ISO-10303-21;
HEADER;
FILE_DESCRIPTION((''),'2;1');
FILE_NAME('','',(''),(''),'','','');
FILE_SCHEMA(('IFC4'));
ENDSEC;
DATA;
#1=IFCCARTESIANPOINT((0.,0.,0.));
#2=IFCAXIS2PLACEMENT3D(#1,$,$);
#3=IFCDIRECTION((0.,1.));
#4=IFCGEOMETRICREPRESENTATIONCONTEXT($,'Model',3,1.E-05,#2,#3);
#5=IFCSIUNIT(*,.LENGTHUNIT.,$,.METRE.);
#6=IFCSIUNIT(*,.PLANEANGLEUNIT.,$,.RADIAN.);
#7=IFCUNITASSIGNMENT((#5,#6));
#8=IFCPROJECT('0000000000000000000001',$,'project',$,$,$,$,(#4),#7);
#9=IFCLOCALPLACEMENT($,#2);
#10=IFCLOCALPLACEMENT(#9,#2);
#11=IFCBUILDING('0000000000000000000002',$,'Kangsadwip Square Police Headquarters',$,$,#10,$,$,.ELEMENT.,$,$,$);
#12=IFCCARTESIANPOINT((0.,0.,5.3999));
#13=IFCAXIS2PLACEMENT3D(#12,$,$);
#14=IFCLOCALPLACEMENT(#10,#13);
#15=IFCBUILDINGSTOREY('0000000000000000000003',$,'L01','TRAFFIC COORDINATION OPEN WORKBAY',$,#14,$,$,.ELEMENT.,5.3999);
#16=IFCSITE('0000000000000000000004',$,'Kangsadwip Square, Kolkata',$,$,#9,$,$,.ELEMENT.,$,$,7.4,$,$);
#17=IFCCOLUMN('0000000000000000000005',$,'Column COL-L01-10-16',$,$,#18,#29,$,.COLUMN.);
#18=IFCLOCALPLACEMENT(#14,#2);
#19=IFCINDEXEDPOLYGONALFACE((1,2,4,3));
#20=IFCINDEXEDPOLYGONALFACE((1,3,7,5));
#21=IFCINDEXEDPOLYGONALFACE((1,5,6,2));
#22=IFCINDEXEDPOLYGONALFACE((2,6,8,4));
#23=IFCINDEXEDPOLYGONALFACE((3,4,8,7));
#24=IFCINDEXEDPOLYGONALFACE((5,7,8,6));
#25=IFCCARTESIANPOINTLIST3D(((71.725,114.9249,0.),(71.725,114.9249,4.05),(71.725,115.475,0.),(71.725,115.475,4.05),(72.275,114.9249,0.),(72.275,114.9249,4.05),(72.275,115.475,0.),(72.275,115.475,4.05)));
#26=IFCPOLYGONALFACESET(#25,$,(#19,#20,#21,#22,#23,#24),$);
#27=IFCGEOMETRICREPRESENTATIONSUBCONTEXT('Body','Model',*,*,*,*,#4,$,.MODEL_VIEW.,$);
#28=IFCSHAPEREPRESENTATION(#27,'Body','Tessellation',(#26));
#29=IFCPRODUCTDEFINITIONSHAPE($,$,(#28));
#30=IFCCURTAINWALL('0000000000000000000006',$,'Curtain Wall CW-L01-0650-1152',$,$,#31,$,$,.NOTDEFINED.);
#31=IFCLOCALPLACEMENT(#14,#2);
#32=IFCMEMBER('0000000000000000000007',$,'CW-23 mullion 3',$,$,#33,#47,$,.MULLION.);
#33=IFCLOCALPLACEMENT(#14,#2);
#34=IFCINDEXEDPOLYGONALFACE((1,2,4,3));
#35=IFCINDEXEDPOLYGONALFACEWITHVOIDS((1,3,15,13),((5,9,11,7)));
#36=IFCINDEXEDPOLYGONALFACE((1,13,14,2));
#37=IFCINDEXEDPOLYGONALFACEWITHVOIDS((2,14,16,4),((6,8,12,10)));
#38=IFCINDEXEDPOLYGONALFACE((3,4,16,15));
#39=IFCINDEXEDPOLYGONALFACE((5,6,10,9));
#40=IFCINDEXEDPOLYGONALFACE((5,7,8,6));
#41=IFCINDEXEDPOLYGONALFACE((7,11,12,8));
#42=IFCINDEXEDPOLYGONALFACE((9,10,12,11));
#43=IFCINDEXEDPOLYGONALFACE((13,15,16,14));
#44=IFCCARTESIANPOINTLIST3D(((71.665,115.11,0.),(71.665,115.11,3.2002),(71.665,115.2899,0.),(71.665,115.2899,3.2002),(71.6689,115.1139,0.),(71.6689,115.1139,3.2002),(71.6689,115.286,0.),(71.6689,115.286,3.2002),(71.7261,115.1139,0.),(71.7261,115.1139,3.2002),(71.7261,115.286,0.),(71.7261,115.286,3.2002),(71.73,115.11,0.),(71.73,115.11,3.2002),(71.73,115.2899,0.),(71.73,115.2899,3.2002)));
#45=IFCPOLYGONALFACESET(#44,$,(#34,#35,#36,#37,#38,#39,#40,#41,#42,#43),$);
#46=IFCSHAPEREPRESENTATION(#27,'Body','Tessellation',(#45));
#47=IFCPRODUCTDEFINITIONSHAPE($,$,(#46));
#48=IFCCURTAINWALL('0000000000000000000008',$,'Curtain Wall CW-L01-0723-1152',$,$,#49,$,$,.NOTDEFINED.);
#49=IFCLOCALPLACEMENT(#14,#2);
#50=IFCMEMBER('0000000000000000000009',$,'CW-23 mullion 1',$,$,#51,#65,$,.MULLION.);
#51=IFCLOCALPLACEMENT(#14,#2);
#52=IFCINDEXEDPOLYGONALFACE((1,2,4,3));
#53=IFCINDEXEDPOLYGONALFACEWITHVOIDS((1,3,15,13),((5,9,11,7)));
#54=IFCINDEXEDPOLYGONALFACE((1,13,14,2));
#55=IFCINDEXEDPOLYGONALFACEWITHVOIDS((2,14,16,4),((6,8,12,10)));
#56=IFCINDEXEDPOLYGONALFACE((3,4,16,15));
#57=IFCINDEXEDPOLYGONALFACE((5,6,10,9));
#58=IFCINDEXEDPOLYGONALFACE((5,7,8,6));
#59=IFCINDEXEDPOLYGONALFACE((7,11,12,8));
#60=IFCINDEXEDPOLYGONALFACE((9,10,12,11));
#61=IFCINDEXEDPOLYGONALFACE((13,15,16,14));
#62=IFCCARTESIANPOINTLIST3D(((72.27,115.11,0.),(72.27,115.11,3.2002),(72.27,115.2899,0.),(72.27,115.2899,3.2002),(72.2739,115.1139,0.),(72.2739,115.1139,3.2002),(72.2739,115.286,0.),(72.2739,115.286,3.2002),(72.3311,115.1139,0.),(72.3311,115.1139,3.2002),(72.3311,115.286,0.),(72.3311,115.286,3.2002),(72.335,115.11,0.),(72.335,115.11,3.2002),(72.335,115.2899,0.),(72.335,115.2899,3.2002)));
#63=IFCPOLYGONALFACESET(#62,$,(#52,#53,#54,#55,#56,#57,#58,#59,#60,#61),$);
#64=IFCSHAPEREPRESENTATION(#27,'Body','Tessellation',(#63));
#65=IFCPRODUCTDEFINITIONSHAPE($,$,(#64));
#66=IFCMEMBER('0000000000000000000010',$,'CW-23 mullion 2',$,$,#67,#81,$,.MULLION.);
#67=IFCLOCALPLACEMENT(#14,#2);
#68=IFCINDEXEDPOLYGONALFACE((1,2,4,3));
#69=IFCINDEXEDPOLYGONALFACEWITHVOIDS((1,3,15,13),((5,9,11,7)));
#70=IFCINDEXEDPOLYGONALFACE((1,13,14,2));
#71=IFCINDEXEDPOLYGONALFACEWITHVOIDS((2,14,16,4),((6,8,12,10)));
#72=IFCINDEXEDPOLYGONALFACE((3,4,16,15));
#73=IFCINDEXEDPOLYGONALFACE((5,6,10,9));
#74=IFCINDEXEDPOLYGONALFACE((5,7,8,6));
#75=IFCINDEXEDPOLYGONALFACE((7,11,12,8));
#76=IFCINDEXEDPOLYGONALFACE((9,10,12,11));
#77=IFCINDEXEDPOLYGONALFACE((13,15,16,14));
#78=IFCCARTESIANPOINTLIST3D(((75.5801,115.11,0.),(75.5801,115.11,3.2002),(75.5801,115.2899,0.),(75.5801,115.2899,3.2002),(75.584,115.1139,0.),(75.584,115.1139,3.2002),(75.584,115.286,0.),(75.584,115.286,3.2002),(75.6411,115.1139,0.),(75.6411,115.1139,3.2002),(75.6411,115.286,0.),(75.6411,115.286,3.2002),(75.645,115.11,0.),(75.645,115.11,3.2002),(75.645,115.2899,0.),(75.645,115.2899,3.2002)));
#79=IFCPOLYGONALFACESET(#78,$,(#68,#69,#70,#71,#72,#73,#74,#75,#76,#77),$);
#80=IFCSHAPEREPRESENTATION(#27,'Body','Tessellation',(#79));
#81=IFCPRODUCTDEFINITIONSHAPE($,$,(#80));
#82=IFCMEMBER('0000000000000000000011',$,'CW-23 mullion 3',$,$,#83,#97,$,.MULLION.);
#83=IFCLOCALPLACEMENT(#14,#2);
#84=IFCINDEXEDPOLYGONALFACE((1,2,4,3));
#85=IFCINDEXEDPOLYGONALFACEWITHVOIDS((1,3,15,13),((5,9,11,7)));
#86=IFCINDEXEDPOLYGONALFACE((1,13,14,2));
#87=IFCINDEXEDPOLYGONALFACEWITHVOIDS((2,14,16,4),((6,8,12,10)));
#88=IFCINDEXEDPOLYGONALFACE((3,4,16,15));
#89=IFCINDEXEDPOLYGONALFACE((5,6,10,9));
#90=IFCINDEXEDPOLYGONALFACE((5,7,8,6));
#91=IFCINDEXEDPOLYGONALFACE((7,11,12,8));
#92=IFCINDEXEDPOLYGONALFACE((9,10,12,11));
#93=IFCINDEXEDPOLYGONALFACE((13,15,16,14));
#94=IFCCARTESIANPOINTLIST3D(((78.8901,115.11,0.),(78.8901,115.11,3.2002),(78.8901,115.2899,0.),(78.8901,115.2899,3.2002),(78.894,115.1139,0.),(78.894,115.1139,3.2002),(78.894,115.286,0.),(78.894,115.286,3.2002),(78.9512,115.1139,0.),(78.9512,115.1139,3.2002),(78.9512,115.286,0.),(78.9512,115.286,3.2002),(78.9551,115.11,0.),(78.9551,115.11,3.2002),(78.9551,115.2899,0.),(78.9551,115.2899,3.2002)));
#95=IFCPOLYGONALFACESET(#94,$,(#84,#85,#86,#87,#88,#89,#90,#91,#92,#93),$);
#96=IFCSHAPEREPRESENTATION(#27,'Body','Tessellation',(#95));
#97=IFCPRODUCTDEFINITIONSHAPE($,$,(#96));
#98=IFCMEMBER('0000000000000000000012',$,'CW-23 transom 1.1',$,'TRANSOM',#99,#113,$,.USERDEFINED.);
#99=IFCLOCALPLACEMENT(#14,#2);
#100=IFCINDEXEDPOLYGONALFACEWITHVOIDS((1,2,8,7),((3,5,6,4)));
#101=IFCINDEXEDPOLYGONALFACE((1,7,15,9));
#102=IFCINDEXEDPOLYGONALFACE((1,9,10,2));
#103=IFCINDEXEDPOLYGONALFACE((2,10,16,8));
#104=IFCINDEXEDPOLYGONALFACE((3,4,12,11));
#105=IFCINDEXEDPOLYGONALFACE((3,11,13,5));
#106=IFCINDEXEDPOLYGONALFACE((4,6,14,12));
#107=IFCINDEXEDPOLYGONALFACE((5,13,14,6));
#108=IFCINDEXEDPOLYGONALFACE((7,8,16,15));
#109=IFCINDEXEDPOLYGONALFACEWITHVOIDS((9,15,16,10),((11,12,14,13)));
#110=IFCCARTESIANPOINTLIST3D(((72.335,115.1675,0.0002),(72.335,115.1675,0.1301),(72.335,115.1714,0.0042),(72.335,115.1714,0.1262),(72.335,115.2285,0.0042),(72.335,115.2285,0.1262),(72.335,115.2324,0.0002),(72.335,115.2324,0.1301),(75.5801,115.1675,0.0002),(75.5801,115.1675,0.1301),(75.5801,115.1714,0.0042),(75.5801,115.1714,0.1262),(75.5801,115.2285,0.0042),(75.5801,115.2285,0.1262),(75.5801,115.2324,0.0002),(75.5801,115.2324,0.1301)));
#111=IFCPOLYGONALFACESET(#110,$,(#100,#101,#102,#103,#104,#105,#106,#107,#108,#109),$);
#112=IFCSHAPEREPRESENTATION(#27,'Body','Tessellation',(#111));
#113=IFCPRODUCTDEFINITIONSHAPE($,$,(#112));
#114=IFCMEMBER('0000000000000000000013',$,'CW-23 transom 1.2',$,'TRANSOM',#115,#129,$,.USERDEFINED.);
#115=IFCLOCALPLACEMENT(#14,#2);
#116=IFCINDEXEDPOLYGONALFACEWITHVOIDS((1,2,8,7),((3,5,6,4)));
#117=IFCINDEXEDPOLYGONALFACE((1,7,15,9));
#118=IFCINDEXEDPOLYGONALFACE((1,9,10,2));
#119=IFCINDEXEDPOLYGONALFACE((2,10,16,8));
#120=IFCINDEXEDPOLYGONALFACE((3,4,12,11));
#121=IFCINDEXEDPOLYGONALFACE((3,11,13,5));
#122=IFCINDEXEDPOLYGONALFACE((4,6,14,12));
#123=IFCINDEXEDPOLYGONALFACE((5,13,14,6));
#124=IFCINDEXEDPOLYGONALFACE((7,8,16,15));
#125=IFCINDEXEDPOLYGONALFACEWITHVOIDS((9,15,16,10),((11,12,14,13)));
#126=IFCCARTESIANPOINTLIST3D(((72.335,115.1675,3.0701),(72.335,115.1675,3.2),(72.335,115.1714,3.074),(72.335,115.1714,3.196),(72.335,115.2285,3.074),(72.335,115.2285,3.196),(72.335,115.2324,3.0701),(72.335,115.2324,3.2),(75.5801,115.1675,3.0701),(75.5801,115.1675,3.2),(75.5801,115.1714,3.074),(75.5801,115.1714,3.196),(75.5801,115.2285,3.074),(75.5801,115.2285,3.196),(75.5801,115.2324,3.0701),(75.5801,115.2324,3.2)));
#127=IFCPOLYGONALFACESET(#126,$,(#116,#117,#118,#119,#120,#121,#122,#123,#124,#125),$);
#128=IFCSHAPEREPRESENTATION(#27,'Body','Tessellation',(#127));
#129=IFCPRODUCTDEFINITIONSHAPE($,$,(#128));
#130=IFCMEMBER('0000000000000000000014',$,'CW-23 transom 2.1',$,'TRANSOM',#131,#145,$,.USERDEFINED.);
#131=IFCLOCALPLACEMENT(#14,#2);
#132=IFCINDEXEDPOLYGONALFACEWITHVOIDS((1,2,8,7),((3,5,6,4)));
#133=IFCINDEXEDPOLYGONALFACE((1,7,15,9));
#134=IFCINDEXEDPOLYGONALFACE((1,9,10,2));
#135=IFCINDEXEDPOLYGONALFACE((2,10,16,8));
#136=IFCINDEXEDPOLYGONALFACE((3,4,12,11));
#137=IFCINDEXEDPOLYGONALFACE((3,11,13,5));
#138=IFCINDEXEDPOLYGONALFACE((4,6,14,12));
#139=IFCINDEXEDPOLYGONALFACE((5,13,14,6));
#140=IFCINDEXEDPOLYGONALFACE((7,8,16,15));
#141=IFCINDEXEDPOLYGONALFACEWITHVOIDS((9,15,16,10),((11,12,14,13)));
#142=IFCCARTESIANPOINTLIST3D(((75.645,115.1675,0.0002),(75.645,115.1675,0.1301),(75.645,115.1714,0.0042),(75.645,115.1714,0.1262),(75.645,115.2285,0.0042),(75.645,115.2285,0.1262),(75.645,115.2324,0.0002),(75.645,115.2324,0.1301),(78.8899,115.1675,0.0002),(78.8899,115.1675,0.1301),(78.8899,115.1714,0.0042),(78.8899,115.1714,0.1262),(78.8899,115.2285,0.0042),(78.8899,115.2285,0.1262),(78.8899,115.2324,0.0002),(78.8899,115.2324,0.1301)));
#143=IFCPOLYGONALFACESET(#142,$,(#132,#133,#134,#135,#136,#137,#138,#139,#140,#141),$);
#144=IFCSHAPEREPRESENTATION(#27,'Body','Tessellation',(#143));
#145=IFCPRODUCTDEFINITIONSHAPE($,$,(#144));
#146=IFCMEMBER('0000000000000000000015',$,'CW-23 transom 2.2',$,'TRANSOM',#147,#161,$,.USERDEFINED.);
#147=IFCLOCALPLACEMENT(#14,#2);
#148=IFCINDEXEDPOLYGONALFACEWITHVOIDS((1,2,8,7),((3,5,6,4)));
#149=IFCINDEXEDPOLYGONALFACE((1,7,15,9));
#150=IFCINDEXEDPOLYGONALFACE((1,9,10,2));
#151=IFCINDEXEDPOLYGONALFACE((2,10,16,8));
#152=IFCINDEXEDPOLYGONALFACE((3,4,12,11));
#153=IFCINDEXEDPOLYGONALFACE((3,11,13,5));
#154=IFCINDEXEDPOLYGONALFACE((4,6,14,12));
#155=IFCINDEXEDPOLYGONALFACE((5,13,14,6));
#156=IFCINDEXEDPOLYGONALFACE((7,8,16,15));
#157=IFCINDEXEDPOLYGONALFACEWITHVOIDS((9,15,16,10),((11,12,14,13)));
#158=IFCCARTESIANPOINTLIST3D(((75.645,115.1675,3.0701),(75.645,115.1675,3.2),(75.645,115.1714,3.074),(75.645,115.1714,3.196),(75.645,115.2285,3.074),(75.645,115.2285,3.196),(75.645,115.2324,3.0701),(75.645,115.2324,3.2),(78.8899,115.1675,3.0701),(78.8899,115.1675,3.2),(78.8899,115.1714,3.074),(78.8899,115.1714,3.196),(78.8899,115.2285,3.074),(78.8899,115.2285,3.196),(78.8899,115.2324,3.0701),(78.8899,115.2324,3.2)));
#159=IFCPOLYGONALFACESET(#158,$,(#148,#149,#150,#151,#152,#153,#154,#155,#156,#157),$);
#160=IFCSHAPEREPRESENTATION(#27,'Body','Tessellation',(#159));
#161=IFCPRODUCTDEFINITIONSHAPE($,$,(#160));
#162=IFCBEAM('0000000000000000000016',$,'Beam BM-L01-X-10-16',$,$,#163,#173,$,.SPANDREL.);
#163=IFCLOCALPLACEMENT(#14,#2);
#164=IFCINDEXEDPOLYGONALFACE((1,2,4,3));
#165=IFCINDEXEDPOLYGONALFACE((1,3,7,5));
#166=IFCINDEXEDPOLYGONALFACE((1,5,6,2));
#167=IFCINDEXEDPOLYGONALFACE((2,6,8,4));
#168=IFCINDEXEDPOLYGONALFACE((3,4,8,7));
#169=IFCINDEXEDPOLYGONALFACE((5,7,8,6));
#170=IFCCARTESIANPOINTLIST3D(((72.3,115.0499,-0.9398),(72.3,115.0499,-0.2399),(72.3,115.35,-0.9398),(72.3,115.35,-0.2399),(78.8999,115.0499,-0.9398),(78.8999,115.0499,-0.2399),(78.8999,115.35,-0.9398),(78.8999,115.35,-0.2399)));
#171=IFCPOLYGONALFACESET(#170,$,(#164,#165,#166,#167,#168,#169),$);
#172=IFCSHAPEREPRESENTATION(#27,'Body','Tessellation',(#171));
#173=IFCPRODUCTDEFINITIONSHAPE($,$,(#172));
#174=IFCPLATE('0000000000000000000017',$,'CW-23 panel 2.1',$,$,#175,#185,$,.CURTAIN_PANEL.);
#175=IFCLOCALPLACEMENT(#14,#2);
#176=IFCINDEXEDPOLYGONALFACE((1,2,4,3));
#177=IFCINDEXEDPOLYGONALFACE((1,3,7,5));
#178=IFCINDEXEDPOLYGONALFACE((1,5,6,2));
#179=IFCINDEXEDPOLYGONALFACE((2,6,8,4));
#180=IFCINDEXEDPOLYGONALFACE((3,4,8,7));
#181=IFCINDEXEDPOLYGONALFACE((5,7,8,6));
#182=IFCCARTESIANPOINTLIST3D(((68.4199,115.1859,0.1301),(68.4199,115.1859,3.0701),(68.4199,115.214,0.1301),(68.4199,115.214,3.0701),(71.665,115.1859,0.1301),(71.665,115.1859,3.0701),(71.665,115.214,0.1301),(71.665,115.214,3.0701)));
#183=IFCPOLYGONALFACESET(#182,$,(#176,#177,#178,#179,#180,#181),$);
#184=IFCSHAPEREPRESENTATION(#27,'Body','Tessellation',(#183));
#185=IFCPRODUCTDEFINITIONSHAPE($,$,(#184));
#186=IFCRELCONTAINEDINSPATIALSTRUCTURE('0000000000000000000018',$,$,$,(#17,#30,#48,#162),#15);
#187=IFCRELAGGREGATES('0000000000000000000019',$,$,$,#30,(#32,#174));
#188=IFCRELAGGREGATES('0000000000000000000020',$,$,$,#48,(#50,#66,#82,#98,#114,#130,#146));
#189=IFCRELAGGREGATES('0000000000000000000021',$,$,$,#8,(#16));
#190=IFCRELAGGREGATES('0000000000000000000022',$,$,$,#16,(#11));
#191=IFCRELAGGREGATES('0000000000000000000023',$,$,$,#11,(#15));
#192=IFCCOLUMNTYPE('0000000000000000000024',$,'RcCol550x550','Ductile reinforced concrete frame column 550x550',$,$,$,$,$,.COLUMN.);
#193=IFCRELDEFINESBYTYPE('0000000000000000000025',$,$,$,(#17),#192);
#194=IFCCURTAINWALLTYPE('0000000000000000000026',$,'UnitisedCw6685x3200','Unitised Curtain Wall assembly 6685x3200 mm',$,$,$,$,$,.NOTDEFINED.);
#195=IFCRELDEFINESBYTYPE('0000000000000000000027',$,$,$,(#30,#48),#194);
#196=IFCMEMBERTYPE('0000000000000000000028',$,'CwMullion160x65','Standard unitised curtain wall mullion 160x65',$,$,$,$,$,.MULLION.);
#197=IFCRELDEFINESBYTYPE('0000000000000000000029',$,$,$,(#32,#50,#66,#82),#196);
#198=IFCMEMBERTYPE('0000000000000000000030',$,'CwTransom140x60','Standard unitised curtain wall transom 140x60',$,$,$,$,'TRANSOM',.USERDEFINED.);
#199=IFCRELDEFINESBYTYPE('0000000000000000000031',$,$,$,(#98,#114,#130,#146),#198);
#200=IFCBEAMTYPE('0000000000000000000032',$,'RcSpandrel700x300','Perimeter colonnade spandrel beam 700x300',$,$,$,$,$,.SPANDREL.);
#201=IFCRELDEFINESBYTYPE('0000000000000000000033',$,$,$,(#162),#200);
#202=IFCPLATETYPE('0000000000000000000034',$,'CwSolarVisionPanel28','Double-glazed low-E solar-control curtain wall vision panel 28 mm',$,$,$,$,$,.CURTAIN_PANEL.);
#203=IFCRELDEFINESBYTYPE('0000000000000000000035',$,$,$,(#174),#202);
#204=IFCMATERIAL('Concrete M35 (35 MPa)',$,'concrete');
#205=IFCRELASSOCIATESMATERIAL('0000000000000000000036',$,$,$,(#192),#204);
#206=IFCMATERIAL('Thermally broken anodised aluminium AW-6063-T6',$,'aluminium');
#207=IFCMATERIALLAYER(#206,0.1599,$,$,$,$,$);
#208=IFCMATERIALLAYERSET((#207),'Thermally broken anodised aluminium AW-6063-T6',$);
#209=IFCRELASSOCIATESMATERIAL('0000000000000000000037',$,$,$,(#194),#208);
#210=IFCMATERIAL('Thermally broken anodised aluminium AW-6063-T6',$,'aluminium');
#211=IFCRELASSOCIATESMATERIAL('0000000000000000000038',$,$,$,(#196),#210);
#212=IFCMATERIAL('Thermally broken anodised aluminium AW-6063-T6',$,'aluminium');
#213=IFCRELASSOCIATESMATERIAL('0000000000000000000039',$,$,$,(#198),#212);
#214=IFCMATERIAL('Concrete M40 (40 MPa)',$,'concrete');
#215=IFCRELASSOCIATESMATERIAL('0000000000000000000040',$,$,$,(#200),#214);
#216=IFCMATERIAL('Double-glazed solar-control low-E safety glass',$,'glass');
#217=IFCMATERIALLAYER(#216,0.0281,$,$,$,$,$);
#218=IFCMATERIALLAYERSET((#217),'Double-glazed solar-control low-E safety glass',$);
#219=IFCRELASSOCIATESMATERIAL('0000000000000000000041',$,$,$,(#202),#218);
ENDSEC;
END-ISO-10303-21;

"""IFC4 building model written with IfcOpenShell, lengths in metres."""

from ifc_helpers import new_model, si_unit, direction, frame, origin, origin_2d, place, context, subcontext, project, spatial, rectangle, hollow_rectangle, extrude, material, layer, layer_set, material_profile, profile_set, type_object, element, aggregate, save


model = new_model("IFC4")

# Units and contexts
model_context = context("Model", 3, precision=1e-05, world=origin(), true_north=direction((0.0, 1.0)))
body_context = subcontext(model_context, "Body", "Model", "MODEL_VIEW")
ifc_project = project(units=[si_unit("LENGTHUNIT", "METRE"), si_unit("PLANEANGLEUNIT", "RADIAN")], contexts=[model_context])

# Site, building, storey
site_placement = place(None, origin())
site = spatial("IfcSite", under=ifc_project, at=site_placement, Name="Kangsadwip Square, Kolkata", CompositionType="ELEMENT", RefElevation=7.4)
building_placement = place(site_placement, origin())
building = spatial("IfcBuilding", under=site, at=building_placement, Name="Kangsadwip Square Police Headquarters", CompositionType="ELEMENT")
storey_placement = place(building_placement, frame((0.0, 0.0, 5.3999)))
storey = spatial("IfcBuildingStorey", under=building, at=storey_placement, Name="L01", Description="TRAFFIC COORDINATION OPEN WORKBAY", CompositionType="ELEMENT", Elevation=5.3999)

# Column
ifc_material_1 = material(Name="Concrete M35 (35 MPa)", Category="concrete")
ifc_material_profile_1 = material_profile(ifc_material_1, rectangle(XDim=0.55, YDim=0.55, at=origin_2d()), Name="RC COL 550X550")
ifc_profile_set_1 = profile_set([ifc_material_profile_1], Name="Concrete M35 (35 MPa)")
column_type = type_object("IfcColumnType", Name="RcCol550x550", Description="Ductile reinforced concrete frame column 550x550", PredefinedType="COLUMN", material=ifc_profile_set_1)
column_placement = place(storey_placement, frame((72.0, 115.2, 0.0), z_axis=(0.0, 0.0, 1.0), x_axis=(1.0, 0.0, 0.0)))
element("IfcColumn", 1, at=column_placement, inside=storey, type_object=column_type, Name="Column COL-L01-10-16", PredefinedType="COLUMN", context=body_context, shape_type="SweptSolid", body=[
    extrude(rectangle(XDim=0.55, YDim=0.55, at=origin_2d()), origin(), (0.0, 0.0, 1.0), 4.05),
])

# Curtain wall, member
ifc_material_2 = material(Name="Thermally broken anodised aluminium AW-6063-T6", Category="aluminium")
ifc_layer_1 = layer(ifc_material_2, 0.1599)
ifc_layer_set_1 = layer_set([ifc_layer_1], Name="Thermally broken anodised aluminium AW-6063-T6")
curtain_wall_type = type_object("IfcCurtainWallType", Name="UnitisedCw6685x3200", Description="Unitised Curtain Wall assembly 6685x3200 mm", PredefinedType="NOTDEFINED", material=ifc_layer_set_1)
curtain_wall_1_placement = place(storey_placement, origin())
curtain_wall_1 = element("IfcCurtainWall", 2, at=curtain_wall_1_placement, inside=storey, type_object=curtain_wall_type, Name="Curtain Wall CW-L01-0650-1152", PredefinedType="NOTDEFINED")
ifc_material_3 = material(Name="Thermally broken anodised aluminium AW-6063-T6", Category="aluminium")
ifc_material_profile_2 = material_profile(ifc_material_3, hollow_rectangle(XDim=0.0649, YDim=0.1799, WallThickness=0.0039, at=origin_2d()), Name="CWM 180X65X4")
ifc_profile_set_2 = profile_set([ifc_material_profile_2], Name="Thermally broken anodised aluminium AW-6063-T6")
member_type_1 = type_object("IfcMemberType", Name="CwMullion160x65", Description="Standard unitised curtain wall mullion 160x65", PredefinedType="MULLION", material=ifc_profile_set_2)
member_1_placement = place(storey_placement, frame((71.6975, 115.2, 0.0), z_axis=(0.0, 0.0, 1.0), x_axis=(1.0, 0.0, 0.0)))
member_1 = element("IfcMember", 3, at=member_1_placement, type_object=member_type_1, Name="CW-23 mullion 3", PredefinedType="MULLION", context=body_context, shape_type="SweptSolid", body=[
    extrude(hollow_rectangle(XDim=0.0649, YDim=0.1799, WallThickness=0.0039, at=origin_2d()), origin(), (0.0, 0.0, 1.0), 3.2002),
])

# Curtain wall, members
curtain_wall_2_placement = place(storey_placement, origin())
curtain_wall_2 = element("IfcCurtainWall", 4, at=curtain_wall_2_placement, inside=storey, type_object=curtain_wall_type, Name="Curtain Wall CW-L01-0723-1152", PredefinedType="NOTDEFINED")
member_2_placement = place(storey_placement, frame((72.3025, 115.2, 0.0), z_axis=(0.0, 0.0, 1.0), x_axis=(1.0, 0.0, 0.0)))
member_2 = element("IfcMember", 5, at=member_2_placement, type_object=member_type_1, Name="CW-23 mullion 1", PredefinedType="MULLION", context=body_context, shape_type="SweptSolid", body=[
    extrude(hollow_rectangle(XDim=0.0649, YDim=0.1799, WallThickness=0.0039, at=origin_2d()), origin(), (0.0, 0.0, 1.0), 3.2002),
])
member_3_placement = place(storey_placement, frame((75.6125, 115.2, 0.0), z_axis=(0.0, 0.0, 1.0), x_axis=(1.0, 0.0, 0.0)))
member_3 = element("IfcMember", 6, at=member_3_placement, type_object=member_type_1, Name="CW-23 mullion 2", PredefinedType="MULLION", context=body_context, shape_type="SweptSolid", body=[
    extrude(hollow_rectangle(XDim=0.0649, YDim=0.1799, WallThickness=0.0039, at=origin_2d()), origin(), (0.0, 0.0, 1.0), 3.2002),
])
member_4_placement = place(storey_placement, frame((78.9226, 115.2, 0.0), z_axis=(0.0, 0.0, 1.0), x_axis=(1.0, 0.0, 0.0)))
member_4 = element("IfcMember", 7, at=member_4_placement, type_object=member_type_1, Name="CW-23 mullion 3", PredefinedType="MULLION", context=body_context, shape_type="SweptSolid", body=[
    extrude(hollow_rectangle(XDim=0.0649, YDim=0.1799, WallThickness=0.0039, at=origin_2d()), origin(), (0.0, 0.0, 1.0), 3.2002),
])
ifc_material_4 = material(Name="Thermally broken anodised aluminium AW-6063-T6", Category="aluminium")
ifc_material_profile_3 = material_profile(ifc_material_4, hollow_rectangle(XDim=0.0649, YDim=0.1299, WallThickness=0.0039, at=origin_2d()), Name="CWT 130X65X4")
ifc_profile_set_3 = profile_set([ifc_material_profile_3], Name="Thermally broken anodised aluminium AW-6063-T6")
member_type_2 = type_object("IfcMemberType", Name="CwTransom140x60", Description="Standard unitised curtain wall transom 140x60", ElementType="TRANSOM", PredefinedType="USERDEFINED", material=ifc_profile_set_3)
member_5_placement = place(storey_placement, frame((72.335, 115.2, 0.0652), z_axis=(1.0, 0.0, 0.0), x_axis=(0.0, 1.0, 0.0)))
member_5 = element("IfcMember", 8, at=member_5_placement, type_object=member_type_2, Name="CW-23 transom 1.1", ObjectType="TRANSOM", PredefinedType="USERDEFINED", context=body_context, shape_type="SweptSolid", body=[
    extrude(hollow_rectangle(XDim=0.0649, YDim=0.1299, WallThickness=0.0039, at=origin_2d()), origin(), (0.0, 0.0, 1.0), 3.2451),
])
member_6_placement = place(storey_placement, frame((72.335, 115.2, 3.135), z_axis=(1.0, 0.0, 0.0), x_axis=(0.0, 1.0, 0.0)))
member_6 = element("IfcMember", 9, at=member_6_placement, type_object=member_type_2, Name="CW-23 transom 1.2", ObjectType="TRANSOM", PredefinedType="USERDEFINED", context=body_context, shape_type="SweptSolid", body=[
    extrude(hollow_rectangle(XDim=0.0649, YDim=0.1299, WallThickness=0.0039, at=origin_2d()), origin(), (0.0, 0.0, 1.0), 3.2451),
])
member_7_placement = place(storey_placement, frame((75.645, 115.2, 0.0652), z_axis=(1.0, 0.0, 0.0), x_axis=(0.0, 1.0, 0.0)))
member_7 = element("IfcMember", 10, at=member_7_placement, type_object=member_type_2, Name="CW-23 transom 2.1", ObjectType="TRANSOM", PredefinedType="USERDEFINED", context=body_context, shape_type="SweptSolid", body=[
    extrude(hollow_rectangle(XDim=0.0649, YDim=0.1299, WallThickness=0.0039, at=origin_2d()), origin(), (0.0, 0.0, 1.0), 3.2449),
])
member_8_placement = place(storey_placement, frame((75.645, 115.2, 3.135), z_axis=(1.0, 0.0, 0.0), x_axis=(0.0, 1.0, 0.0)))
member_8 = element("IfcMember", 11, at=member_8_placement, type_object=member_type_2, Name="CW-23 transom 2.2", ObjectType="TRANSOM", PredefinedType="USERDEFINED", context=body_context, shape_type="SweptSolid", body=[
    extrude(hollow_rectangle(XDim=0.0649, YDim=0.1299, WallThickness=0.0039, at=origin_2d()), origin(), (0.0, 0.0, 1.0), 3.2449),
])

# Beam
ifc_material_5 = material(Name="Concrete M40 (40 MPa)", Category="concrete")
ifc_material_profile_4 = material_profile(ifc_material_5, rectangle(XDim=0.3, YDim=0.7, at=origin_2d()), Name="RC SPN 700X300")
ifc_profile_set_4 = profile_set([ifc_material_profile_4], Name="Concrete M40 (40 MPa)")
beam_type = type_object("IfcBeamType", Name="RcSpandrel700x300", Description="Perimeter colonnade spandrel beam 700x300", PredefinedType="SPANDREL", material=ifc_profile_set_4)
beam_placement = place(storey_placement, frame((72.3, 115.2, -0.5898), z_axis=(1.0, 0.0, 0.0), x_axis=(0.0, 1.0, 0.0)))
element("IfcBeam", 12, at=beam_placement, inside=storey, type_object=beam_type, Name="Beam BM-L01-X-10-16", PredefinedType="SPANDREL", context=body_context, shape_type="SweptSolid", body=[
    extrude(rectangle(XDim=0.3, YDim=0.7, at=origin_2d()), origin(), (0.0, 0.0, 1.0), 6.5999),
])

# Plate
ifc_material_6 = material(Name="Double-glazed solar-control low-E safety glass", Category="glass")
ifc_layer_2 = layer(ifc_material_6, 0.0281)
ifc_layer_set_2 = layer_set([ifc_layer_2], Name="Double-glazed solar-control low-E safety glass")
plate_type_1 = type_object("IfcPlateType", Name="CwSolarVisionPanel28", Description="Double-glazed low-E solar-control curtain wall vision panel 28 mm", PredefinedType="CURTAIN_PANEL", material=ifc_layer_set_2)
plate_1_placement = place(storey_placement, frame((70.0425, 115.2, 0.1301), z_axis=(0.0, 0.0, 1.0), x_axis=(1.0, 0.0, 0.0)))
plate_1 = element("IfcPlate", 13, at=plate_1_placement, type_object=plate_type_1, Name="CW-23 panel 2.1", PredefinedType="CURTAIN_PANEL", context=body_context, shape_type="SweptSolid", body=[
    extrude(rectangle(XDim=3.2451, YDim=0.0281, at=origin_2d()), origin(), (0.0, 0.0, 1.0), 2.9399),
])
aggregate(curtain_wall_1, [member_1, plate_1])
aggregate(curtain_wall_2, [member_2, member_3, member_4, member_5, member_6, member_7, member_8])

save(model, "model.ifc")
